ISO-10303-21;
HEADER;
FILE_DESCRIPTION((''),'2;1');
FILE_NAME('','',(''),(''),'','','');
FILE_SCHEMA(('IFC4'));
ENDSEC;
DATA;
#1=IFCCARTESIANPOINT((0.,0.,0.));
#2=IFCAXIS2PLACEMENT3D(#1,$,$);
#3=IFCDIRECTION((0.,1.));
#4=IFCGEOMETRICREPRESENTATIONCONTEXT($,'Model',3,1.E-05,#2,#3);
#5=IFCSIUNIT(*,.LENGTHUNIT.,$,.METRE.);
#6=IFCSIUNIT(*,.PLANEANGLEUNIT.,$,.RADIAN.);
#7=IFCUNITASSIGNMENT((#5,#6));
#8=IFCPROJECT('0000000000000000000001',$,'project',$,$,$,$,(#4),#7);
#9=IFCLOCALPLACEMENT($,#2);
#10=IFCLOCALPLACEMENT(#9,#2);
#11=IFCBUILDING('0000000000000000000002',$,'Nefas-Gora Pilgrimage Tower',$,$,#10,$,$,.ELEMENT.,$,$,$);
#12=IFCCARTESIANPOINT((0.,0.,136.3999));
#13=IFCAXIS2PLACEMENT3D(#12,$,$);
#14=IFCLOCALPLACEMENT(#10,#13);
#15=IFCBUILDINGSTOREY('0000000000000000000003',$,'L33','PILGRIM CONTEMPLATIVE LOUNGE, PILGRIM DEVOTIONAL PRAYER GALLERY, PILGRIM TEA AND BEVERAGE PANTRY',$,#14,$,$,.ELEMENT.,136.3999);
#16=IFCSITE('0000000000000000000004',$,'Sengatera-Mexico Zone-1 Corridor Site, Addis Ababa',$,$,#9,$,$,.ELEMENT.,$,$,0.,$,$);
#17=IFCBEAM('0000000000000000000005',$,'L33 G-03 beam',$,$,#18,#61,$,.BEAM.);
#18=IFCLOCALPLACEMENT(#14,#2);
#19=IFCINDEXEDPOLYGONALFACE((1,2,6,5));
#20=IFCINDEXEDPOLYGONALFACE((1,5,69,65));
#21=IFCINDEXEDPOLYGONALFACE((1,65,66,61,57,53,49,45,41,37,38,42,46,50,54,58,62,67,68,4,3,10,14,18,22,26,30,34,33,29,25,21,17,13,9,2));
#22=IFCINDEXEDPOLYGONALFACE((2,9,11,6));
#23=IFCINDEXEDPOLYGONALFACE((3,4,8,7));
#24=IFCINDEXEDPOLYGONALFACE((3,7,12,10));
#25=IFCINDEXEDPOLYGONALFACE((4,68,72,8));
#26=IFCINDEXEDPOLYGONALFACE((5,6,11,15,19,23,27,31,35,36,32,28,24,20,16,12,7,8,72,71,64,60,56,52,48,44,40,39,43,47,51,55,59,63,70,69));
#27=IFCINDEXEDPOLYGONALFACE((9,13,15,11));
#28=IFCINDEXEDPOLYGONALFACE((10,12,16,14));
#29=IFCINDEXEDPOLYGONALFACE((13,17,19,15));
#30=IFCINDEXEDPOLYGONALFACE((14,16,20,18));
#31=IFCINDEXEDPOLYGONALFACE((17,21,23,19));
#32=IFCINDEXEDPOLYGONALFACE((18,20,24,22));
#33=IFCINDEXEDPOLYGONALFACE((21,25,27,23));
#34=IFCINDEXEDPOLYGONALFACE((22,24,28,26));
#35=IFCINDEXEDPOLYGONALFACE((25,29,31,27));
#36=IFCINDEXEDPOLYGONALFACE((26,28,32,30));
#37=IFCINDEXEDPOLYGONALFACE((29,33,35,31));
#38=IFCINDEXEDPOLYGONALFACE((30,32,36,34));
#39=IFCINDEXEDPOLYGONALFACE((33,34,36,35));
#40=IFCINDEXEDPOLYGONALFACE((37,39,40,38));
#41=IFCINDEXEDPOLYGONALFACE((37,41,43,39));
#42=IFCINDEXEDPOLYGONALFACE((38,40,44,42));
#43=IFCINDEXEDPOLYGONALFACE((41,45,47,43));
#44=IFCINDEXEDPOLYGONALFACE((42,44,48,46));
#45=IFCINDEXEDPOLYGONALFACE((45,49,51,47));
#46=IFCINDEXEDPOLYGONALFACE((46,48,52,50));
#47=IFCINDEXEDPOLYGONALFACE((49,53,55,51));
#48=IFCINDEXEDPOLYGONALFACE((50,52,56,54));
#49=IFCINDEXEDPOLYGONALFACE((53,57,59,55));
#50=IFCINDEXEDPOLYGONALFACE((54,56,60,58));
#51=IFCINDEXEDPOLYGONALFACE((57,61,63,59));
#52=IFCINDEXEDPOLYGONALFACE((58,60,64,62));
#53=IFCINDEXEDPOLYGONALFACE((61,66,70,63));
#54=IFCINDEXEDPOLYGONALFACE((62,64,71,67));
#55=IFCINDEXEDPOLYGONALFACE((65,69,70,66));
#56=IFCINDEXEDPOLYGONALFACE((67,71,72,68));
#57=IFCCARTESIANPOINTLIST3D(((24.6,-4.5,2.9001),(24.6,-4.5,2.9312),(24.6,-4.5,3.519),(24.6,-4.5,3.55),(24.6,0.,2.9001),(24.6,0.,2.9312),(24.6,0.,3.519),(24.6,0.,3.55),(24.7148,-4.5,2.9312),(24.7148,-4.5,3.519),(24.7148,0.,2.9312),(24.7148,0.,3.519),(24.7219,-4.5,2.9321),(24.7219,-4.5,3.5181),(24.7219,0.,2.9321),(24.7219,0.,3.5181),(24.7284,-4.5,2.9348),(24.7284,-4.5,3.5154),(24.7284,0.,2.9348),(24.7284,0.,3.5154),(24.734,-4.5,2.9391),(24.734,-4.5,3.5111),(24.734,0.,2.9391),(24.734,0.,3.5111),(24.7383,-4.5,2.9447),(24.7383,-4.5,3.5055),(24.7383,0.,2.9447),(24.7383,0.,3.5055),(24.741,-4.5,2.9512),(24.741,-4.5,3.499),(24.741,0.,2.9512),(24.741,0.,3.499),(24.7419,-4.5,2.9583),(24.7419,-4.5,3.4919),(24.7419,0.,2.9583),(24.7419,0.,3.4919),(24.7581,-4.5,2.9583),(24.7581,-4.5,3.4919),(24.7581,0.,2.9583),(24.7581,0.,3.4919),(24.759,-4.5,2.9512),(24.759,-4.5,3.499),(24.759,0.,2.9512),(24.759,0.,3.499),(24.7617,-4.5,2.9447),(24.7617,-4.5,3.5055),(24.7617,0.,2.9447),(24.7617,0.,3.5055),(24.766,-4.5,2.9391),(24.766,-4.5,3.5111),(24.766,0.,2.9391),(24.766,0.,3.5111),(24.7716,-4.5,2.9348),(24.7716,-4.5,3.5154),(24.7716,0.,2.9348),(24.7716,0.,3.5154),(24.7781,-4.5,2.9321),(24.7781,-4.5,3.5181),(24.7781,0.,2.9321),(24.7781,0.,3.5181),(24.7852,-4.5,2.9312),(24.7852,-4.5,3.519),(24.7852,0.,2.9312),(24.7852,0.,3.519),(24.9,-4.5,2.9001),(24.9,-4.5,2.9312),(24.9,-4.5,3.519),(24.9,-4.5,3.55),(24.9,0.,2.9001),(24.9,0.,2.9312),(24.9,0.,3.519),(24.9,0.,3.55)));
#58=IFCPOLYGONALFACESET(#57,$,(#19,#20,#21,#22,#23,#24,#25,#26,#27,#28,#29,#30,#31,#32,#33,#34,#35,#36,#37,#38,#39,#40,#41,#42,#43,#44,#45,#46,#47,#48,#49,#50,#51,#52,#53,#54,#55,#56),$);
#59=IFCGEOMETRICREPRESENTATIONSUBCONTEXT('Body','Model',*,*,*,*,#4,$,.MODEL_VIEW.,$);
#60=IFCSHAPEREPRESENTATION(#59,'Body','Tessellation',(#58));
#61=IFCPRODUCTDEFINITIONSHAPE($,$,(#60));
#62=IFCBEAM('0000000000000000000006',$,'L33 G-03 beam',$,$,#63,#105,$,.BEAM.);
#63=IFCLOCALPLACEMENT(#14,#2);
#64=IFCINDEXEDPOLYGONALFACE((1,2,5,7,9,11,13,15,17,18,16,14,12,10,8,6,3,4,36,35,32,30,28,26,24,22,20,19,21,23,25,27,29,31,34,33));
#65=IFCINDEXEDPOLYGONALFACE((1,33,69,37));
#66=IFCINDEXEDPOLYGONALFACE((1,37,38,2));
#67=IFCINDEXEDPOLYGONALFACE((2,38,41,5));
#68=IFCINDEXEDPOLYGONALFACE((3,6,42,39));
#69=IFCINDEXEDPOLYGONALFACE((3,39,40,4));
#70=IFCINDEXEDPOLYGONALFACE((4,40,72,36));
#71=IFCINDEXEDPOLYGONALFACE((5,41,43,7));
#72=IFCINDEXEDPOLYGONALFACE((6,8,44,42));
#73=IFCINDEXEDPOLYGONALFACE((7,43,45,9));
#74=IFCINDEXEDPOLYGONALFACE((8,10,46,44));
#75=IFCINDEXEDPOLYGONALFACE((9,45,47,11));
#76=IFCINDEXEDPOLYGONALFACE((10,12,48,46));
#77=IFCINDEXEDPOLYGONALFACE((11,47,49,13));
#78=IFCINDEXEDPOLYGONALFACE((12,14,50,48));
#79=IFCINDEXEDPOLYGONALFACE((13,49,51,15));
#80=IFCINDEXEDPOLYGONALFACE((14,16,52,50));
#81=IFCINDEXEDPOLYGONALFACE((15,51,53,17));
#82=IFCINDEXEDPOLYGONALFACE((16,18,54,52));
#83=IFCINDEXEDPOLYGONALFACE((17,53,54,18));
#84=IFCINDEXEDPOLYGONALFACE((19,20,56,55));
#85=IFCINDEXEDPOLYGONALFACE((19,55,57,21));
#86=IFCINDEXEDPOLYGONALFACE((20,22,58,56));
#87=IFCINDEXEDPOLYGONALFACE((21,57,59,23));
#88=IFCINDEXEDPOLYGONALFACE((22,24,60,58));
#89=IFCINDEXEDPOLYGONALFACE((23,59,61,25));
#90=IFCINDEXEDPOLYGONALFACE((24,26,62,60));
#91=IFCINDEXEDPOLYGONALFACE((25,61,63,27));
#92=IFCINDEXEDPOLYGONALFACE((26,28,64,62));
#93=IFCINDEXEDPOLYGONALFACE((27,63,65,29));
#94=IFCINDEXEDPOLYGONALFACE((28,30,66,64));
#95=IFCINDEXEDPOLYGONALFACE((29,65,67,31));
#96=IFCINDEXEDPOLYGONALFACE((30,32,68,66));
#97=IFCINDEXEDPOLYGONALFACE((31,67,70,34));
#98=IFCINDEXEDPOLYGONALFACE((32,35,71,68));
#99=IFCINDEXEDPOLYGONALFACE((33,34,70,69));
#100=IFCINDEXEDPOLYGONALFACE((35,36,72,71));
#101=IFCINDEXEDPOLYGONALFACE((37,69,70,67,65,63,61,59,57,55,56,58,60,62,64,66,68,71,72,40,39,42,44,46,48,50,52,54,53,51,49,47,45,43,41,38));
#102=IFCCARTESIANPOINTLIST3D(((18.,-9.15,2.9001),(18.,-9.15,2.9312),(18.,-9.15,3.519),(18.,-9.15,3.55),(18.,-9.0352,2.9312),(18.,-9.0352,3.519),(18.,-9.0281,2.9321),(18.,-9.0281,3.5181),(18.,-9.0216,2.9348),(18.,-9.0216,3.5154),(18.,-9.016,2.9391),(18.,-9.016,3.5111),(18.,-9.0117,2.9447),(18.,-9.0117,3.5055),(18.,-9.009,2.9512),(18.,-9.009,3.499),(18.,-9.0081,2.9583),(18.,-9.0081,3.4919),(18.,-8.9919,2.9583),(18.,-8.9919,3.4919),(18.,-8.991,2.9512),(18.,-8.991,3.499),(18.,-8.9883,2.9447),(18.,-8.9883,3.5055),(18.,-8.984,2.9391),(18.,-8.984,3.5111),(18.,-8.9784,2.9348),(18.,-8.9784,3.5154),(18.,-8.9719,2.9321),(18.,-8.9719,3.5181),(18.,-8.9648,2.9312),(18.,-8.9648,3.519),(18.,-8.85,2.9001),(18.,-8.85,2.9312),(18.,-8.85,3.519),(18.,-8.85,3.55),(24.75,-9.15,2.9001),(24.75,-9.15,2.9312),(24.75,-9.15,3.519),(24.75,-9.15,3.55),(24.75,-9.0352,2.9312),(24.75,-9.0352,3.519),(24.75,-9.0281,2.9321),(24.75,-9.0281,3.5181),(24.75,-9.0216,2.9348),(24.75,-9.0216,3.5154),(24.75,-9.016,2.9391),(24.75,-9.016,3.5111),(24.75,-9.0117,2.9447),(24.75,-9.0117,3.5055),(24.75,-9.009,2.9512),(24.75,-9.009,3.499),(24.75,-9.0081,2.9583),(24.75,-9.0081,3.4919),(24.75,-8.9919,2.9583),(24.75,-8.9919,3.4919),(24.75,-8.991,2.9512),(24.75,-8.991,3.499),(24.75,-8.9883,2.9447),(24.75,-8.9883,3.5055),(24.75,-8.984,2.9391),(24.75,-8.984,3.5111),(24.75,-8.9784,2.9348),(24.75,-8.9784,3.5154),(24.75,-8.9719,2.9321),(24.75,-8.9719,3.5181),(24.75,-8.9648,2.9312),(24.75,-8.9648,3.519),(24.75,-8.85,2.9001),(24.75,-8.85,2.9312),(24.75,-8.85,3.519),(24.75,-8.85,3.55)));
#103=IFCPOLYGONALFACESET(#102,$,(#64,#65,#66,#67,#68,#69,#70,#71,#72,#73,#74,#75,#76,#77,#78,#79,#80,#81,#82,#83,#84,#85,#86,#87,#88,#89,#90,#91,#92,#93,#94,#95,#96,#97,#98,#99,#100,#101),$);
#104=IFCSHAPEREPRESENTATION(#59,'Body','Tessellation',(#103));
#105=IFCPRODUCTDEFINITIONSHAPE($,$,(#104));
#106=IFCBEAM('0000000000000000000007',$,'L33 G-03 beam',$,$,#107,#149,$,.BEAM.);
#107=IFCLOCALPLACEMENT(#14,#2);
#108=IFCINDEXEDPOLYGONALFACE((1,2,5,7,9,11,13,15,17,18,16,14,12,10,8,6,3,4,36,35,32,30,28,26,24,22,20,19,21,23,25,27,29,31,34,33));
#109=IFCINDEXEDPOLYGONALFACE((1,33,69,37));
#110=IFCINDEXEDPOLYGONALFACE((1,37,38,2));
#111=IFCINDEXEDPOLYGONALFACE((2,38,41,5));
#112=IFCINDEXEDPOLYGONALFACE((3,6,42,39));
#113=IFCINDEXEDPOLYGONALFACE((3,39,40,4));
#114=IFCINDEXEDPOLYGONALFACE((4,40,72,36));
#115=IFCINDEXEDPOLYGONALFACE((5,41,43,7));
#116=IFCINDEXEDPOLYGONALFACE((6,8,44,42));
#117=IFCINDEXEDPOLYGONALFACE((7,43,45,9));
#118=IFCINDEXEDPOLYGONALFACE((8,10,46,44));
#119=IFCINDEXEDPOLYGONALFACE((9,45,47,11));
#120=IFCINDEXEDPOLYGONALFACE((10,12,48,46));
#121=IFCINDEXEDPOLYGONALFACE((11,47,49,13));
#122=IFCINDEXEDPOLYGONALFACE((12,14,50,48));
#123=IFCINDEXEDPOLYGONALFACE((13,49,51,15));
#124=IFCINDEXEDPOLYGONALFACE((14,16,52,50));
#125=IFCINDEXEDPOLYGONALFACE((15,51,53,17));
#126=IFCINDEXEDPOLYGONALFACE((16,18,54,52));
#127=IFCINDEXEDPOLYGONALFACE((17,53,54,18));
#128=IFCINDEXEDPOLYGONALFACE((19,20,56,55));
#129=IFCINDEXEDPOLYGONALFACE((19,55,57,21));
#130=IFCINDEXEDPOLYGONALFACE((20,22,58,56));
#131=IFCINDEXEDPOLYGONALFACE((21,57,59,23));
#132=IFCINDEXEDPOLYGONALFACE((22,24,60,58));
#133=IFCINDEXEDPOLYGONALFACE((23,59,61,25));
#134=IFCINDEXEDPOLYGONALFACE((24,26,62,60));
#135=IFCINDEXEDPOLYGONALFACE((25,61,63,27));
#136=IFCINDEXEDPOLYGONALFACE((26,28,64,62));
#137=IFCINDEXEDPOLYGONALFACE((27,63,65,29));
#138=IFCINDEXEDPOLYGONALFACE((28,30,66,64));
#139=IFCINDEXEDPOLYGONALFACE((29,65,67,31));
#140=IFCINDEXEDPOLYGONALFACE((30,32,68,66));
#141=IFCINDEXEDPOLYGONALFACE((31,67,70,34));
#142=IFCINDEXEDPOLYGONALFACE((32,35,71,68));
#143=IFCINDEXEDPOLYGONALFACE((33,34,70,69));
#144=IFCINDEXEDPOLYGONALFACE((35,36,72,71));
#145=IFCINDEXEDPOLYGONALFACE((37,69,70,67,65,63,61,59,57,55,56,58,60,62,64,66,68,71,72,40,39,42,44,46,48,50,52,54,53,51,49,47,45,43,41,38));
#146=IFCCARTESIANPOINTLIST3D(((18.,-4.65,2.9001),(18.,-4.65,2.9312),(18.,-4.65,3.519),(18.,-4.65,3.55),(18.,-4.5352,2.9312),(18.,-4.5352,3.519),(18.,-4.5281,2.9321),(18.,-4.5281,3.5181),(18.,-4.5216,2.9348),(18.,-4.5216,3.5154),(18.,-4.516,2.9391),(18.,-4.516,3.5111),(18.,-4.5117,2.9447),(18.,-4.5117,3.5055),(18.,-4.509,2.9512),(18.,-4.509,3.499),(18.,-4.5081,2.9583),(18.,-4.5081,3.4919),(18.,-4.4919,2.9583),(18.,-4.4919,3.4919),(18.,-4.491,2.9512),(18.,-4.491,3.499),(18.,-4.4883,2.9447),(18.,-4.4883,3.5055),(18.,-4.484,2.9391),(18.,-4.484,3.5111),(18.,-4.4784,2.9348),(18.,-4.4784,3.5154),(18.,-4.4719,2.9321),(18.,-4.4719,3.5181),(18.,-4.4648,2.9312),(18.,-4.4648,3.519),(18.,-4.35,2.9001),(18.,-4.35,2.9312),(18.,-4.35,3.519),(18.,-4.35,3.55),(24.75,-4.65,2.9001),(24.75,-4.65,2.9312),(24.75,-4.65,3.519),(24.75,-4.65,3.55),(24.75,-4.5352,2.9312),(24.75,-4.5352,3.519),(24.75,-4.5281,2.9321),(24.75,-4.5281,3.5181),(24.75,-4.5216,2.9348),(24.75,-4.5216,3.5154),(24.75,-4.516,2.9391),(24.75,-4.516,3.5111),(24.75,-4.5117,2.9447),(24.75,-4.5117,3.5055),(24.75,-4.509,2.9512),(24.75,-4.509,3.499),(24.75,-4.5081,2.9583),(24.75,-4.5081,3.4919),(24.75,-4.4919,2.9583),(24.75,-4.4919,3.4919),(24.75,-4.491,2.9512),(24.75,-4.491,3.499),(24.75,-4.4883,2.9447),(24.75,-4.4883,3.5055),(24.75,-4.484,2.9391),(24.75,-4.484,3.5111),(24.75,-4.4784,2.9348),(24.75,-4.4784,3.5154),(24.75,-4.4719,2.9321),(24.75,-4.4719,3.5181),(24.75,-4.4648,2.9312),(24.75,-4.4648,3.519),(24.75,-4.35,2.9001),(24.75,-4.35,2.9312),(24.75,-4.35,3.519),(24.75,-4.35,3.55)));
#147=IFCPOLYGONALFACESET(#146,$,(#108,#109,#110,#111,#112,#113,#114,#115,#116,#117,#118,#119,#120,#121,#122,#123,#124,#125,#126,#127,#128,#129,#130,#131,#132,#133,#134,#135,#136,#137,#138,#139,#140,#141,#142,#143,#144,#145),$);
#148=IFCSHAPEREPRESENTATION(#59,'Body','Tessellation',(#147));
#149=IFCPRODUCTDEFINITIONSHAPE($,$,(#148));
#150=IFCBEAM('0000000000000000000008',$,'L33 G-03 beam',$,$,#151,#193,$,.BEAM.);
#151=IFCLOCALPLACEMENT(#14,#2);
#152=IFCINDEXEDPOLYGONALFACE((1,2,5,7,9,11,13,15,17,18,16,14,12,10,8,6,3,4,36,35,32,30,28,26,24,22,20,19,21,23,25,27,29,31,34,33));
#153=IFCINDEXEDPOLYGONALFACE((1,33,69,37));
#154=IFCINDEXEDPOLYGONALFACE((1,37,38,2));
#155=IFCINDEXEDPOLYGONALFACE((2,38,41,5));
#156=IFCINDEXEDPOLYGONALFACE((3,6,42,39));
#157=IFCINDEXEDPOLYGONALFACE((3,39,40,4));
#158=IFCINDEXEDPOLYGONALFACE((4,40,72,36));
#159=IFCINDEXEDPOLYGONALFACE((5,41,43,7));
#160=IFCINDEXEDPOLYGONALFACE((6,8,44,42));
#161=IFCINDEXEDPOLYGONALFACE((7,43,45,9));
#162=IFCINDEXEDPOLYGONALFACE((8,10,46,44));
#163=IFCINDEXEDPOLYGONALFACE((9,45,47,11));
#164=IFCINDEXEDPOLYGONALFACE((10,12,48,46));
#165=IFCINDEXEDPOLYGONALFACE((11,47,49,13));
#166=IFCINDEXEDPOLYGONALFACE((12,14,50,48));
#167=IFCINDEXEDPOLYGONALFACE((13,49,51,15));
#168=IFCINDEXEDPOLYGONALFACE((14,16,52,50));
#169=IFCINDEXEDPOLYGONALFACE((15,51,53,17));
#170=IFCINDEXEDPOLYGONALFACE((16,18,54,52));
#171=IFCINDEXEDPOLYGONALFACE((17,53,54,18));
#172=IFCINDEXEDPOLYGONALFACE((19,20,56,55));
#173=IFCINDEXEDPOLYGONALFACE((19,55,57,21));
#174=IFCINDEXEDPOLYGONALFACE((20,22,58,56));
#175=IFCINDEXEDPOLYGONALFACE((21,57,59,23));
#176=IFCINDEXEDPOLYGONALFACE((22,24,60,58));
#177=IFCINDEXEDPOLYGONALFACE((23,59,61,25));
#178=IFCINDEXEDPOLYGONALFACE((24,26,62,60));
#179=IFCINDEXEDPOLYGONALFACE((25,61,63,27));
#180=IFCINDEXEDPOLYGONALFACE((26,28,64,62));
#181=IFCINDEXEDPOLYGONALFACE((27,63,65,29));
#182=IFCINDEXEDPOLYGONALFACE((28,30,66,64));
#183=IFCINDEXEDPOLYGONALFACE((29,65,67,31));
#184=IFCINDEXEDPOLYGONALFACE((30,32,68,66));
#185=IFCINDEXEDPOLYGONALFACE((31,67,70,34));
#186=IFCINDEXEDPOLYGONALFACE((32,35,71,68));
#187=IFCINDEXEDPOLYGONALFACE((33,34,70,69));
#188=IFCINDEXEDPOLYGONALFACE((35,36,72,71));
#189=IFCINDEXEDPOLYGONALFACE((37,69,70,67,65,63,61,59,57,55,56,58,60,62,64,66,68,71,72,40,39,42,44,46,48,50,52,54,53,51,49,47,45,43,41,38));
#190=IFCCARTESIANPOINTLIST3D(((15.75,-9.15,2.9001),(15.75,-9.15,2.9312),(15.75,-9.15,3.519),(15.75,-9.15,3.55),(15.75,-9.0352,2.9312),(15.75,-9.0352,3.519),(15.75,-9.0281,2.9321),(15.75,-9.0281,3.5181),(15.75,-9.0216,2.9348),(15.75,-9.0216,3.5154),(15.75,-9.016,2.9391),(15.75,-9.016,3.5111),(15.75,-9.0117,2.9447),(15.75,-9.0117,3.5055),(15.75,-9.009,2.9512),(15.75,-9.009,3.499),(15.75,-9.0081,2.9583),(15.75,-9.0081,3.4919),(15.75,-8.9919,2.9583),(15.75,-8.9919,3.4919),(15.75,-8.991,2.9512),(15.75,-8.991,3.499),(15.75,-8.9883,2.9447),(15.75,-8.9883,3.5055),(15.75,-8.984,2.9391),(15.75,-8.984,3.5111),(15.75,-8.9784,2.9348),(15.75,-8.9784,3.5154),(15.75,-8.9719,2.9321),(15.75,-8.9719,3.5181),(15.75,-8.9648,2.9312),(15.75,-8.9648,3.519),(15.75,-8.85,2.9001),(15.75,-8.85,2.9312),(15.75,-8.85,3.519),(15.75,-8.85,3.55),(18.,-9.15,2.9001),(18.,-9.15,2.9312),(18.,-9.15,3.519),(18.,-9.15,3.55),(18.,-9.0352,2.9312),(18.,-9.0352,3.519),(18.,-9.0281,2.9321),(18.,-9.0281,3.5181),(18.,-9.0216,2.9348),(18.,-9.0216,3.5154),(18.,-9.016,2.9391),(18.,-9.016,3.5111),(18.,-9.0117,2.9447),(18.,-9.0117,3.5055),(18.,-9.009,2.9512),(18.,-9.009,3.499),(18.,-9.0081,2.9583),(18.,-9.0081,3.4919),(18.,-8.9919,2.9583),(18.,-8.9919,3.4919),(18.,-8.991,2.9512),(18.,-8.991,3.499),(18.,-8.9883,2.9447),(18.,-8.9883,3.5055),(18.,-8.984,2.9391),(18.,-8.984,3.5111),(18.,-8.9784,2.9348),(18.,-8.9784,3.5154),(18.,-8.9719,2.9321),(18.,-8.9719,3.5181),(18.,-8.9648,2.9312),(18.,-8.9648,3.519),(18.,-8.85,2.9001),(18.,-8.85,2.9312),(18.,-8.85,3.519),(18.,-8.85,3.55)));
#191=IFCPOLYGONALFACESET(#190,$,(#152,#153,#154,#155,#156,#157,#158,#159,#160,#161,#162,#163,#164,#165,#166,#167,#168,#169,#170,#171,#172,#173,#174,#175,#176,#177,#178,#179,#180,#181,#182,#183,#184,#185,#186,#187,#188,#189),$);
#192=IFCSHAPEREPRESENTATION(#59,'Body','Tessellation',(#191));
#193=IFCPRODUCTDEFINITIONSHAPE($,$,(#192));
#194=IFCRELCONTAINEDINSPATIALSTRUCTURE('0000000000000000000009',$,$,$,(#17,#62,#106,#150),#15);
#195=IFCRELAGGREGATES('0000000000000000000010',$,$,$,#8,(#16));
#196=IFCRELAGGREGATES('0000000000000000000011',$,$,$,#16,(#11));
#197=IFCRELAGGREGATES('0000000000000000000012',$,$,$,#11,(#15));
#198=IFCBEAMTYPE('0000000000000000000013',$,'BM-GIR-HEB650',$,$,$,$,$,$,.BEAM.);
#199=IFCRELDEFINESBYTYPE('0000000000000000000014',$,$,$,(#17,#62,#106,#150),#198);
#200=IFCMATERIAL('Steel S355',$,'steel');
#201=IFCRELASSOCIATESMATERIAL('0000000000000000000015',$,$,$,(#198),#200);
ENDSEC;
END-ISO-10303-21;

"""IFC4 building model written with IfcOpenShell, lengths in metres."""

from ifc_helpers import new_model, si_unit, direction, frame, origin, origin_2d, place, context, subcontext, project, spatial, i_section, extrude, source, transform, mapped, material, material_profile, profile_set, type_object, element, save


model = new_model("IFC4")

# Units and contexts
model_context = context("Model", 3, precision=1e-05, world=origin(), true_north=direction((0.0, 1.0)))
body_context = subcontext(model_context, "Body", "Model", "MODEL_VIEW")
ifc_project = project(units=[si_unit("LENGTHUNIT", "METRE"), si_unit("PLANEANGLEUNIT", "RADIAN")], contexts=[model_context])

# Site, building, storey
site_placement = place(None, origin())
site = spatial("IfcSite", under=ifc_project, at=site_placement, Name="Sengatera-Mexico Zone-1 Corridor Site, Addis Ababa", CompositionType="ELEMENT", RefElevation=0.0)
building_placement = place(site_placement, origin())
building = spatial("IfcBuilding", under=site, at=building_placement, Name="Nefas-Gora Pilgrimage Tower", CompositionType="ELEMENT")
storey_placement = place(building_placement, frame((0.0, 0.0, 136.3999)))
storey = spatial("IfcBuildingStorey", under=building, at=storey_placement, Name="L33", Description="PILGRIM CONTEMPLATIVE LOUNGE, PILGRIM DEVOTIONAL PRAYER GALLERY, PILGRIM TEA AND BEVERAGE PANTRY", CompositionType="ELEMENT", Elevation=136.3999)

# Beams
ifc_material_1 = material(Name="Steel S355", Category="steel")
ifc_material_profile_1 = material_profile(ifc_material_1, i_section(OverallWidth=0.3, OverallDepth=0.6499, WebThickness=0.0161, FlangeThickness=0.031, FilletRadius=0.0271, at=origin_2d()), Name="HEB 650")
ifc_profile_set_1 = profile_set([ifc_material_profile_1], Name="Steel S355")
beam_type_1 = type_object("IfcBeamType", Name="BM-GIR-HEB650", PredefinedType="BEAM", material=ifc_profile_set_1)
shared_shape_1 = source(origin(), body_context, "Body", "SweptSolid", [
    extrude(i_section(OverallWidth=0.3, OverallDepth=0.6499, WebThickness=0.0161, FlangeThickness=0.031, FilletRadius=0.0271, at=origin_2d()), origin(), (0.0, 0.0, 1.0), 4.5),
])
for number, where, z_axis, x_axis, name in (
    (1, (24.75, -4.5, 3.2251), (0.0, 1.0, 0.0), (-1.0, 0.0, 0.0), "L33 G-03 beam"),
):
    element("IfcBeam", number, at=place(storey_placement, frame(where, z_axis=z_axis, x_axis=x_axis)), inside=storey, type_object=beam_type_1, Name=name, PredefinedType="BEAM", context=body_context, shape_type="MappedRepresentation", body=[
        mapped(shared_shape_1, transform((0.0, 0.0, 0.0), x_axis=(1.0, 0.0, 0.0), y_axis=(0.0, 1.0, 0.0), z_axis=(0.0, 0.0, 1.0), scale=1.0)),
    ])
shared_shape_2 = source(origin(), body_context, "Body", "SweptSolid", [
    extrude(i_section(OverallWidth=0.3, OverallDepth=0.6499, WebThickness=0.0161, FlangeThickness=0.031, FilletRadius=0.0271, at=origin_2d()), origin(), (0.0, 0.0, 1.0), 6.75),
])
for number, where, z_axis, x_axis, name in (
    (2, (18.0, -9.0, 3.2251), (1.0, 0.0, 0.0), (0.0, 1.0, 0.0), "L33 G-03 beam"),
    (3, (18.0, -4.5, 3.2251), (1.0, 0.0, 0.0), (0.0, 1.0, 0.0), "L33 G-03 beam"),
):
    element("IfcBeam", number, at=place(storey_placement, frame(where, z_axis=z_axis, x_axis=x_axis)), inside=storey, type_object=beam_type_1, Name=name, PredefinedType="BEAM", context=body_context, shape_type="MappedRepresentation", body=[
        mapped(shared_shape_2, transform((0.0, 0.0, 0.0), x_axis=(1.0, 0.0, 0.0), y_axis=(0.0, 1.0, 0.0), z_axis=(0.0, 0.0, 1.0), scale=1.0)),
    ])
shared_shape_3 = source(origin(), body_context, "Body", "SweptSolid", [
    extrude(i_section(OverallWidth=0.3, OverallDepth=0.6499, WebThickness=0.0161, FlangeThickness=0.031, FilletRadius=0.0271, at=origin_2d()), origin(), (0.0, 0.0, 1.0), 2.25),
])
for number, where, z_axis, x_axis, name in (
    (4, (15.75, -9.0, 3.2251), (1.0, 0.0, 0.0), (0.0, 1.0, 0.0), "L33 G-03 beam"),
):
    element("IfcBeam", number, at=place(storey_placement, frame(where, z_axis=z_axis, x_axis=x_axis)), inside=storey, type_object=beam_type_1, Name=name, PredefinedType="BEAM", context=body_context, shape_type="MappedRepresentation", body=[
        mapped(shared_shape_3, transform((0.0, 0.0, 0.0), x_axis=(1.0, 0.0, 0.0), y_axis=(0.0, 1.0, 0.0), z_axis=(0.0, 0.0, 1.0), scale=1.0)),
    ])

save(model, "model.ifc")
